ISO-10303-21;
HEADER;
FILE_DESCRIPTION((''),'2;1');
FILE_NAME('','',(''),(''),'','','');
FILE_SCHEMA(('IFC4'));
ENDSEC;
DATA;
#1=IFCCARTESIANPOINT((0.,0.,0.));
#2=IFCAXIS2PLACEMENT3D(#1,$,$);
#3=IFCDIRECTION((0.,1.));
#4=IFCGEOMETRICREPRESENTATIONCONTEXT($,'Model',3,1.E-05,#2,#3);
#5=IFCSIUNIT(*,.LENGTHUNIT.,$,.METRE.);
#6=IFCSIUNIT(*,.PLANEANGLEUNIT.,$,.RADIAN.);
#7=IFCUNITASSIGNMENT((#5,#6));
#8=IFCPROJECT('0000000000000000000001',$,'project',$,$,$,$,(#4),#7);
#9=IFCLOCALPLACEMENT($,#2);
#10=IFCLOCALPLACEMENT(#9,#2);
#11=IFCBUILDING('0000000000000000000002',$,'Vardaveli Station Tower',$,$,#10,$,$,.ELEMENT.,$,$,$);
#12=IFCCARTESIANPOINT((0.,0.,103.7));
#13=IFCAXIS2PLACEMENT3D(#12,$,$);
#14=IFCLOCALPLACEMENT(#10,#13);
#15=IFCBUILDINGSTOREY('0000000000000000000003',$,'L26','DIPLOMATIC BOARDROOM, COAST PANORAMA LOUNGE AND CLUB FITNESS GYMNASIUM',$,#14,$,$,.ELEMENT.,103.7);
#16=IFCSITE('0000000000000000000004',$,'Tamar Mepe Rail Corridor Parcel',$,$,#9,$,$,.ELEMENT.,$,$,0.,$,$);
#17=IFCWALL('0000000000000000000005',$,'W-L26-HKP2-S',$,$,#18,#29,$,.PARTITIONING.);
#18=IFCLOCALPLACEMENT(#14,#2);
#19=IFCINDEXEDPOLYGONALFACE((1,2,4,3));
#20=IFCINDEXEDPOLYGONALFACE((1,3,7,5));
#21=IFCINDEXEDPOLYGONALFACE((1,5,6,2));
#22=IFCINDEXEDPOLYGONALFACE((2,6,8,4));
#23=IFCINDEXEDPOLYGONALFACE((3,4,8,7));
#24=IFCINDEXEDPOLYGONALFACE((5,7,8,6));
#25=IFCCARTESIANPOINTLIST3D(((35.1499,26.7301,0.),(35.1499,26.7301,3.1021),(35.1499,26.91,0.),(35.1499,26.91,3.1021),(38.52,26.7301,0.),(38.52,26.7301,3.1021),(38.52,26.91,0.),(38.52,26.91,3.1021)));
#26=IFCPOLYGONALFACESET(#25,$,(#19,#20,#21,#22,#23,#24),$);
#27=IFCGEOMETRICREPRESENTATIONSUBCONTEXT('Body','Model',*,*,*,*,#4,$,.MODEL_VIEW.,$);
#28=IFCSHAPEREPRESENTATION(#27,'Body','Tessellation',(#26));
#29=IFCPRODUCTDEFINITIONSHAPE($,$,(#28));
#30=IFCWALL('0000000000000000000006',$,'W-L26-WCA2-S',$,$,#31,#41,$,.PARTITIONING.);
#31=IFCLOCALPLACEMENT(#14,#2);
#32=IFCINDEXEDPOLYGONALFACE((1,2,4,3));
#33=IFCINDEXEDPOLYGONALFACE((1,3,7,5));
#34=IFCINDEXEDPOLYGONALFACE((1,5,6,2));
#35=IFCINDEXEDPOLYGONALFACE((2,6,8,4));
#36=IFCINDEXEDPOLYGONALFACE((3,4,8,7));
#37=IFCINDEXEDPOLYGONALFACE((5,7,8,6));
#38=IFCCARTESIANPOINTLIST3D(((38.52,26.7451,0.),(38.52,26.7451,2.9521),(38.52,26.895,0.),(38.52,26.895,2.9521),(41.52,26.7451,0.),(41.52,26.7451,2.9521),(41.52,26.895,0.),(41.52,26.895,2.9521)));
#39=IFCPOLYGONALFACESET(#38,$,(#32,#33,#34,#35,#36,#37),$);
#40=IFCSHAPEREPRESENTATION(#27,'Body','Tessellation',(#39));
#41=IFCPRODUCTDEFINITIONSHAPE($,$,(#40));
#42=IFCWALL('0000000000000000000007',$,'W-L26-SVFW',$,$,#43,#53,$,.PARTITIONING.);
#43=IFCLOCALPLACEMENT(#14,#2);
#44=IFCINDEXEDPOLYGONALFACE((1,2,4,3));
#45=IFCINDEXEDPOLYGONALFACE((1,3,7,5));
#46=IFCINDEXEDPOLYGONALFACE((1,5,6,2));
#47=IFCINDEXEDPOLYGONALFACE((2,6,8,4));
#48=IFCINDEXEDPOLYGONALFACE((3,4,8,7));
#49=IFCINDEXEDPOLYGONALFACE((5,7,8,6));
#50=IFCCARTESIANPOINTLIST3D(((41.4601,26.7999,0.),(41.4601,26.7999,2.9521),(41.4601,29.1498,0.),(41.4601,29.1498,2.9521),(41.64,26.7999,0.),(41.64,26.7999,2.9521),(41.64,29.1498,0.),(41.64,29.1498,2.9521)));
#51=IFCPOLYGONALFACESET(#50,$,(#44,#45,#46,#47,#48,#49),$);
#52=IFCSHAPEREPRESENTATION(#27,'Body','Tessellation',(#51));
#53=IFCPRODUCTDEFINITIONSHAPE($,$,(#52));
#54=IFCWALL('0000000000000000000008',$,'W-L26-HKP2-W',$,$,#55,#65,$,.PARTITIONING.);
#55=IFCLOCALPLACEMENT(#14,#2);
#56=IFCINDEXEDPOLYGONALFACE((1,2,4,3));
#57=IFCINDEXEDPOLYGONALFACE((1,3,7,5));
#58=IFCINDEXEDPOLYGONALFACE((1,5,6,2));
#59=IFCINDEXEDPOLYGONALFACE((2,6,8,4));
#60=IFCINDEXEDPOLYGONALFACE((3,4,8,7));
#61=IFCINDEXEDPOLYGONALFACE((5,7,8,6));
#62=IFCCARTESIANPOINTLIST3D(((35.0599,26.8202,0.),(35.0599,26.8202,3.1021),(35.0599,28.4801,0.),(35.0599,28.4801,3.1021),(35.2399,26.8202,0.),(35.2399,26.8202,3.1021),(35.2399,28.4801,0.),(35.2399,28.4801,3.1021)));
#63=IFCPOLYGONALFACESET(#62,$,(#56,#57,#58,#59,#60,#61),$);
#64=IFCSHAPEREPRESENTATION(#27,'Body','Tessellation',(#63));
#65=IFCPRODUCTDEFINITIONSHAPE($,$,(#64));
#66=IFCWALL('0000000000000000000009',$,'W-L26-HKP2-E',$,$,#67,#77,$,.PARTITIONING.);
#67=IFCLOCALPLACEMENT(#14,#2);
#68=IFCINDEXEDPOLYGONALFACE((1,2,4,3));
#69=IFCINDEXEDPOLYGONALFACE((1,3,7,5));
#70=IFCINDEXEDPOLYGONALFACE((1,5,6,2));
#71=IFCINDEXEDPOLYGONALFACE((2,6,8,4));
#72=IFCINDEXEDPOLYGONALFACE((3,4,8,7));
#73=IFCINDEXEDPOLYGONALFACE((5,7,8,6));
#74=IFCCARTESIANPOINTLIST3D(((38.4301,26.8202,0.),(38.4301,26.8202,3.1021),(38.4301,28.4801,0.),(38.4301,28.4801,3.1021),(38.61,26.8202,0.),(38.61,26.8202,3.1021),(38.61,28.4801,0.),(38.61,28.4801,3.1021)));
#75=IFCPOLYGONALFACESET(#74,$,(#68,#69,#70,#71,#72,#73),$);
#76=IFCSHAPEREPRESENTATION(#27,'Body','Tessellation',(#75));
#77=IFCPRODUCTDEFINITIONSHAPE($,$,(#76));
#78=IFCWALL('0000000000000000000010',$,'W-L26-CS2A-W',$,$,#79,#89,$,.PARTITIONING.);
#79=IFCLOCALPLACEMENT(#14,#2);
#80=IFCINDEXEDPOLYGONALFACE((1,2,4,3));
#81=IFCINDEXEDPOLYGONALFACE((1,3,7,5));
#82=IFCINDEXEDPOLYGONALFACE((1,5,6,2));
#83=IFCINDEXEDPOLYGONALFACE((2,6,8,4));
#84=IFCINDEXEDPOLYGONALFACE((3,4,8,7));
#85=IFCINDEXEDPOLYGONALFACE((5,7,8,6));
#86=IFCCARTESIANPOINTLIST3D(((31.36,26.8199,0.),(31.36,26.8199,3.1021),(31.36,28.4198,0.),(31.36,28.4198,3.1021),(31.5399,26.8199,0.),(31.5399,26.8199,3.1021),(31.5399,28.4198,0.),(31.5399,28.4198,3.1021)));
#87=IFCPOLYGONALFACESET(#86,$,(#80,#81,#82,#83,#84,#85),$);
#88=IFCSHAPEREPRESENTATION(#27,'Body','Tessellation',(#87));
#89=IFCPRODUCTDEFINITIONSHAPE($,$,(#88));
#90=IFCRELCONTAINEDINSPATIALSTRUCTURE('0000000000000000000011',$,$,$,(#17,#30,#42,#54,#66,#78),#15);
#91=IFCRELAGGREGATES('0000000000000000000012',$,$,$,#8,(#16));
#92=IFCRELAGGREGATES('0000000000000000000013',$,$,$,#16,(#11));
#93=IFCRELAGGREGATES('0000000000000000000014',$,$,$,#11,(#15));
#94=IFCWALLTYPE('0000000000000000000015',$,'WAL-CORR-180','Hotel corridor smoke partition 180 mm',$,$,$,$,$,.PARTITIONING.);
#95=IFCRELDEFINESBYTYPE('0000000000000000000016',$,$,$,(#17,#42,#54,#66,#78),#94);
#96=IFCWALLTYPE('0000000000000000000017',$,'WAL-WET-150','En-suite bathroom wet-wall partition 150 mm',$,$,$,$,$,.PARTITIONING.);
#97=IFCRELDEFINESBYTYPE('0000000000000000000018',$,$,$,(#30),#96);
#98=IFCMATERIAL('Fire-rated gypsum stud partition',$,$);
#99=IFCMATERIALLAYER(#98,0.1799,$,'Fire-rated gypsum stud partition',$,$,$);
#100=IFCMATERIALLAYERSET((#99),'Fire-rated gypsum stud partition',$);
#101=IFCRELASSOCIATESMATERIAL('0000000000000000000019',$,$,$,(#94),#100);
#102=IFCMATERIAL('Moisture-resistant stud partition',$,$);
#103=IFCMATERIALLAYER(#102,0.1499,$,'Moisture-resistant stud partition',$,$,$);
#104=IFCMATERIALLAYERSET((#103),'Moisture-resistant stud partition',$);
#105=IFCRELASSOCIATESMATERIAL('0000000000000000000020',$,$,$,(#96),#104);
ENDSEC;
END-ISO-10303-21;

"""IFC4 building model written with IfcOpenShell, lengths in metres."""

from ifc_helpers import new_model, si_unit, direction, frame, frame_2d, origin, place, context, subcontext, project, spatial, rectangle, extrude, source, transform, mapped, material, layer, layer_set, type_object, element, save


model = new_model("IFC4")

# Units and contexts
model_context = context("Model", 3, precision=1e-05, world=origin(), true_north=direction((0.0, 1.0)))
body_context = subcontext(model_context, "Body", "Model", "MODEL_VIEW")
ifc_project = project(units=[si_unit("LENGTHUNIT", "METRE"), si_unit("PLANEANGLEUNIT", "RADIAN")], contexts=[model_context])

# Site, building, storey
site_placement = place(None, origin())
site = spatial("IfcSite", under=ifc_project, at=site_placement, Name="Tamar Mepe Rail Corridor Parcel", CompositionType="ELEMENT", RefElevation=0.0)
building_placement = place(site_placement, origin())
building = spatial("IfcBuilding", under=site, at=building_placement, Name="Vardaveli Station Tower", CompositionType="ELEMENT")
storey_placement = place(building_placement, frame((0.0, 0.0, 103.7)))
storey = spatial("IfcBuildingStorey", under=building, at=storey_placement, Name="L26", Description="DIPLOMATIC BOARDROOM, COAST PANORAMA LOUNGE AND CLUB FITNESS GYMNASIUM", CompositionType="ELEMENT", Elevation=103.7)

# Walls
ifc_material_1 = material(Name="Fire-rated gypsum stud partition")
ifc_layer_1 = layer(ifc_material_1, 0.1799, Name="Fire-rated gypsum stud partition")
ifc_layer_set_1 = layer_set([ifc_layer_1], Name="Fire-rated gypsum stud partition")
wall_type_1 = type_object("IfcWallType", Name="WAL-CORR-180", Description="Hotel corridor smoke partition 180 mm", PredefinedType="PARTITIONING", material=ifc_layer_set_1)
shared_shape_1 = source(origin(), body_context, "Body", "SweptSolid", [
    extrude(rectangle(XDim=3.3701, YDim=0.1799, at=frame_2d((1.6851, 0.0))), origin(), (0.0, 0.0, 1.0), 3.1021),
])
wall_1_placement = place(storey_placement, frame((35.1499, 26.8201, 0.0), z_axis=(0.0, 0.0, 1.0), x_axis=(1.0, 0.0, 0.0)))
element("IfcWall", 1, at=wall_1_placement, inside=storey, type_object=wall_type_1, Name="W-L26-HKP2-S", PredefinedType="PARTITIONING", context=body_context, shape_type="MappedRepresentation", body=[
    mapped(shared_shape_1, transform((0.0, 0.0, 0.0), scale=1.0)),
])
ifc_material_2 = material(Name="Moisture-resistant stud partition")
ifc_layer_2 = layer(ifc_material_2, 0.1499, Name="Moisture-resistant stud partition")
ifc_layer_set_2 = layer_set([ifc_layer_2], Name="Moisture-resistant stud partition")
wall_type_2 = type_object("IfcWallType", Name="WAL-WET-150", Description="En-suite bathroom wet-wall partition 150 mm", PredefinedType="PARTITIONING", material=ifc_layer_set_2)
shared_shape_2 = source(origin(), body_context, "Body", "SweptSolid", [
    extrude(rectangle(XDim=3.0, YDim=0.1499, at=frame_2d((1.5, 0.0))), origin(), (0.0, 0.0, 1.0), 2.9521),
])
wall_2_placement = place(storey_placement, frame((38.52, 26.8201, 0.0), z_axis=(0.0, 0.0, 1.0), x_axis=(1.0, 0.0, 0.0)))
element("IfcWall", 2, at=wall_2_placement, inside=storey, type_object=wall_type_2, Name="W-L26-WCA2-S", PredefinedType="PARTITIONING", context=body_context, shape_type="MappedRepresentation", body=[
    mapped(shared_shape_2, transform((0.0, 0.0, 0.0), scale=1.0)),
])
shared_shape_3 = source(origin(), body_context, "Body", "SweptSolid", [
    extrude(rectangle(XDim=2.3499, YDim=0.1799, at=frame_2d((1.1748, 0.0))), origin(), (0.0, 0.0, 1.0), 2.9521),
])
wall_3_placement = place(storey_placement, frame((41.55, 26.8, 0.0), z_axis=(0.0, 0.0, 1.0), x_axis=(0.0, 1.0, 0.0)))
element("IfcWall", 3, at=wall_3_placement, inside=storey, type_object=wall_type_1, Name="W-L26-SVFW", PredefinedType="PARTITIONING", context=body_context, shape_type="MappedRepresentation", body=[
    mapped(shared_shape_3, transform((0.0, 0.0, 0.0), scale=1.0)),
])
shared_shape_4 = source(origin(), body_context, "Body", "SweptSolid", [
    extrude(rectangle(XDim=1.6599, YDim=0.1799, at=frame_2d((0.8301, 0.0))), origin(), (0.0, 0.0, 1.0), 3.1021),
])
for number, where, z_axis, x_axis, name in (
    (4, (35.1499, 26.8201, 0.0), (0.0, 0.0, 1.0), (0.0, 1.0, 0.0), "W-L26-HKP2-W"),
    (5, (38.52, 26.8201, 0.0), (0.0, 0.0, 1.0), (0.0, 1.0, 0.0), "W-L26-HKP2-E"),
):
    element("IfcWall", number, at=place(storey_placement, frame(where, z_axis=z_axis, x_axis=x_axis)), inside=storey, type_object=wall_type_1, Name=name, PredefinedType="PARTITIONING", context=body_context, shape_type="MappedRepresentation", body=[
        mapped(shared_shape_4, transform((0.0, 0.0, 0.0), scale=1.0)),
    ])
shared_shape_5 = source(origin(), body_context, "Body", "SweptSolid", [
    extrude(rectangle(XDim=1.5999, YDim=0.1799, at=frame_2d((0.7998, 0.0))), origin(), (0.0, 0.0, 1.0), 3.1021),
])
wall_4_placement = place(storey_placement, frame((31.45, 26.8201, 0.0), z_axis=(0.0, 0.0, 1.0), x_axis=(0.0, 1.0, 0.0)))
element("IfcWall", 6, at=wall_4_placement, inside=storey, type_object=wall_type_1, Name="W-L26-CS2A-W", PredefinedType="PARTITIONING", context=body_context, shape_type="MappedRepresentation", body=[
    mapped(shared_shape_5, transform((0.0, 0.0, 0.0), scale=1.0)),
])

save(model, "model.ifc")
